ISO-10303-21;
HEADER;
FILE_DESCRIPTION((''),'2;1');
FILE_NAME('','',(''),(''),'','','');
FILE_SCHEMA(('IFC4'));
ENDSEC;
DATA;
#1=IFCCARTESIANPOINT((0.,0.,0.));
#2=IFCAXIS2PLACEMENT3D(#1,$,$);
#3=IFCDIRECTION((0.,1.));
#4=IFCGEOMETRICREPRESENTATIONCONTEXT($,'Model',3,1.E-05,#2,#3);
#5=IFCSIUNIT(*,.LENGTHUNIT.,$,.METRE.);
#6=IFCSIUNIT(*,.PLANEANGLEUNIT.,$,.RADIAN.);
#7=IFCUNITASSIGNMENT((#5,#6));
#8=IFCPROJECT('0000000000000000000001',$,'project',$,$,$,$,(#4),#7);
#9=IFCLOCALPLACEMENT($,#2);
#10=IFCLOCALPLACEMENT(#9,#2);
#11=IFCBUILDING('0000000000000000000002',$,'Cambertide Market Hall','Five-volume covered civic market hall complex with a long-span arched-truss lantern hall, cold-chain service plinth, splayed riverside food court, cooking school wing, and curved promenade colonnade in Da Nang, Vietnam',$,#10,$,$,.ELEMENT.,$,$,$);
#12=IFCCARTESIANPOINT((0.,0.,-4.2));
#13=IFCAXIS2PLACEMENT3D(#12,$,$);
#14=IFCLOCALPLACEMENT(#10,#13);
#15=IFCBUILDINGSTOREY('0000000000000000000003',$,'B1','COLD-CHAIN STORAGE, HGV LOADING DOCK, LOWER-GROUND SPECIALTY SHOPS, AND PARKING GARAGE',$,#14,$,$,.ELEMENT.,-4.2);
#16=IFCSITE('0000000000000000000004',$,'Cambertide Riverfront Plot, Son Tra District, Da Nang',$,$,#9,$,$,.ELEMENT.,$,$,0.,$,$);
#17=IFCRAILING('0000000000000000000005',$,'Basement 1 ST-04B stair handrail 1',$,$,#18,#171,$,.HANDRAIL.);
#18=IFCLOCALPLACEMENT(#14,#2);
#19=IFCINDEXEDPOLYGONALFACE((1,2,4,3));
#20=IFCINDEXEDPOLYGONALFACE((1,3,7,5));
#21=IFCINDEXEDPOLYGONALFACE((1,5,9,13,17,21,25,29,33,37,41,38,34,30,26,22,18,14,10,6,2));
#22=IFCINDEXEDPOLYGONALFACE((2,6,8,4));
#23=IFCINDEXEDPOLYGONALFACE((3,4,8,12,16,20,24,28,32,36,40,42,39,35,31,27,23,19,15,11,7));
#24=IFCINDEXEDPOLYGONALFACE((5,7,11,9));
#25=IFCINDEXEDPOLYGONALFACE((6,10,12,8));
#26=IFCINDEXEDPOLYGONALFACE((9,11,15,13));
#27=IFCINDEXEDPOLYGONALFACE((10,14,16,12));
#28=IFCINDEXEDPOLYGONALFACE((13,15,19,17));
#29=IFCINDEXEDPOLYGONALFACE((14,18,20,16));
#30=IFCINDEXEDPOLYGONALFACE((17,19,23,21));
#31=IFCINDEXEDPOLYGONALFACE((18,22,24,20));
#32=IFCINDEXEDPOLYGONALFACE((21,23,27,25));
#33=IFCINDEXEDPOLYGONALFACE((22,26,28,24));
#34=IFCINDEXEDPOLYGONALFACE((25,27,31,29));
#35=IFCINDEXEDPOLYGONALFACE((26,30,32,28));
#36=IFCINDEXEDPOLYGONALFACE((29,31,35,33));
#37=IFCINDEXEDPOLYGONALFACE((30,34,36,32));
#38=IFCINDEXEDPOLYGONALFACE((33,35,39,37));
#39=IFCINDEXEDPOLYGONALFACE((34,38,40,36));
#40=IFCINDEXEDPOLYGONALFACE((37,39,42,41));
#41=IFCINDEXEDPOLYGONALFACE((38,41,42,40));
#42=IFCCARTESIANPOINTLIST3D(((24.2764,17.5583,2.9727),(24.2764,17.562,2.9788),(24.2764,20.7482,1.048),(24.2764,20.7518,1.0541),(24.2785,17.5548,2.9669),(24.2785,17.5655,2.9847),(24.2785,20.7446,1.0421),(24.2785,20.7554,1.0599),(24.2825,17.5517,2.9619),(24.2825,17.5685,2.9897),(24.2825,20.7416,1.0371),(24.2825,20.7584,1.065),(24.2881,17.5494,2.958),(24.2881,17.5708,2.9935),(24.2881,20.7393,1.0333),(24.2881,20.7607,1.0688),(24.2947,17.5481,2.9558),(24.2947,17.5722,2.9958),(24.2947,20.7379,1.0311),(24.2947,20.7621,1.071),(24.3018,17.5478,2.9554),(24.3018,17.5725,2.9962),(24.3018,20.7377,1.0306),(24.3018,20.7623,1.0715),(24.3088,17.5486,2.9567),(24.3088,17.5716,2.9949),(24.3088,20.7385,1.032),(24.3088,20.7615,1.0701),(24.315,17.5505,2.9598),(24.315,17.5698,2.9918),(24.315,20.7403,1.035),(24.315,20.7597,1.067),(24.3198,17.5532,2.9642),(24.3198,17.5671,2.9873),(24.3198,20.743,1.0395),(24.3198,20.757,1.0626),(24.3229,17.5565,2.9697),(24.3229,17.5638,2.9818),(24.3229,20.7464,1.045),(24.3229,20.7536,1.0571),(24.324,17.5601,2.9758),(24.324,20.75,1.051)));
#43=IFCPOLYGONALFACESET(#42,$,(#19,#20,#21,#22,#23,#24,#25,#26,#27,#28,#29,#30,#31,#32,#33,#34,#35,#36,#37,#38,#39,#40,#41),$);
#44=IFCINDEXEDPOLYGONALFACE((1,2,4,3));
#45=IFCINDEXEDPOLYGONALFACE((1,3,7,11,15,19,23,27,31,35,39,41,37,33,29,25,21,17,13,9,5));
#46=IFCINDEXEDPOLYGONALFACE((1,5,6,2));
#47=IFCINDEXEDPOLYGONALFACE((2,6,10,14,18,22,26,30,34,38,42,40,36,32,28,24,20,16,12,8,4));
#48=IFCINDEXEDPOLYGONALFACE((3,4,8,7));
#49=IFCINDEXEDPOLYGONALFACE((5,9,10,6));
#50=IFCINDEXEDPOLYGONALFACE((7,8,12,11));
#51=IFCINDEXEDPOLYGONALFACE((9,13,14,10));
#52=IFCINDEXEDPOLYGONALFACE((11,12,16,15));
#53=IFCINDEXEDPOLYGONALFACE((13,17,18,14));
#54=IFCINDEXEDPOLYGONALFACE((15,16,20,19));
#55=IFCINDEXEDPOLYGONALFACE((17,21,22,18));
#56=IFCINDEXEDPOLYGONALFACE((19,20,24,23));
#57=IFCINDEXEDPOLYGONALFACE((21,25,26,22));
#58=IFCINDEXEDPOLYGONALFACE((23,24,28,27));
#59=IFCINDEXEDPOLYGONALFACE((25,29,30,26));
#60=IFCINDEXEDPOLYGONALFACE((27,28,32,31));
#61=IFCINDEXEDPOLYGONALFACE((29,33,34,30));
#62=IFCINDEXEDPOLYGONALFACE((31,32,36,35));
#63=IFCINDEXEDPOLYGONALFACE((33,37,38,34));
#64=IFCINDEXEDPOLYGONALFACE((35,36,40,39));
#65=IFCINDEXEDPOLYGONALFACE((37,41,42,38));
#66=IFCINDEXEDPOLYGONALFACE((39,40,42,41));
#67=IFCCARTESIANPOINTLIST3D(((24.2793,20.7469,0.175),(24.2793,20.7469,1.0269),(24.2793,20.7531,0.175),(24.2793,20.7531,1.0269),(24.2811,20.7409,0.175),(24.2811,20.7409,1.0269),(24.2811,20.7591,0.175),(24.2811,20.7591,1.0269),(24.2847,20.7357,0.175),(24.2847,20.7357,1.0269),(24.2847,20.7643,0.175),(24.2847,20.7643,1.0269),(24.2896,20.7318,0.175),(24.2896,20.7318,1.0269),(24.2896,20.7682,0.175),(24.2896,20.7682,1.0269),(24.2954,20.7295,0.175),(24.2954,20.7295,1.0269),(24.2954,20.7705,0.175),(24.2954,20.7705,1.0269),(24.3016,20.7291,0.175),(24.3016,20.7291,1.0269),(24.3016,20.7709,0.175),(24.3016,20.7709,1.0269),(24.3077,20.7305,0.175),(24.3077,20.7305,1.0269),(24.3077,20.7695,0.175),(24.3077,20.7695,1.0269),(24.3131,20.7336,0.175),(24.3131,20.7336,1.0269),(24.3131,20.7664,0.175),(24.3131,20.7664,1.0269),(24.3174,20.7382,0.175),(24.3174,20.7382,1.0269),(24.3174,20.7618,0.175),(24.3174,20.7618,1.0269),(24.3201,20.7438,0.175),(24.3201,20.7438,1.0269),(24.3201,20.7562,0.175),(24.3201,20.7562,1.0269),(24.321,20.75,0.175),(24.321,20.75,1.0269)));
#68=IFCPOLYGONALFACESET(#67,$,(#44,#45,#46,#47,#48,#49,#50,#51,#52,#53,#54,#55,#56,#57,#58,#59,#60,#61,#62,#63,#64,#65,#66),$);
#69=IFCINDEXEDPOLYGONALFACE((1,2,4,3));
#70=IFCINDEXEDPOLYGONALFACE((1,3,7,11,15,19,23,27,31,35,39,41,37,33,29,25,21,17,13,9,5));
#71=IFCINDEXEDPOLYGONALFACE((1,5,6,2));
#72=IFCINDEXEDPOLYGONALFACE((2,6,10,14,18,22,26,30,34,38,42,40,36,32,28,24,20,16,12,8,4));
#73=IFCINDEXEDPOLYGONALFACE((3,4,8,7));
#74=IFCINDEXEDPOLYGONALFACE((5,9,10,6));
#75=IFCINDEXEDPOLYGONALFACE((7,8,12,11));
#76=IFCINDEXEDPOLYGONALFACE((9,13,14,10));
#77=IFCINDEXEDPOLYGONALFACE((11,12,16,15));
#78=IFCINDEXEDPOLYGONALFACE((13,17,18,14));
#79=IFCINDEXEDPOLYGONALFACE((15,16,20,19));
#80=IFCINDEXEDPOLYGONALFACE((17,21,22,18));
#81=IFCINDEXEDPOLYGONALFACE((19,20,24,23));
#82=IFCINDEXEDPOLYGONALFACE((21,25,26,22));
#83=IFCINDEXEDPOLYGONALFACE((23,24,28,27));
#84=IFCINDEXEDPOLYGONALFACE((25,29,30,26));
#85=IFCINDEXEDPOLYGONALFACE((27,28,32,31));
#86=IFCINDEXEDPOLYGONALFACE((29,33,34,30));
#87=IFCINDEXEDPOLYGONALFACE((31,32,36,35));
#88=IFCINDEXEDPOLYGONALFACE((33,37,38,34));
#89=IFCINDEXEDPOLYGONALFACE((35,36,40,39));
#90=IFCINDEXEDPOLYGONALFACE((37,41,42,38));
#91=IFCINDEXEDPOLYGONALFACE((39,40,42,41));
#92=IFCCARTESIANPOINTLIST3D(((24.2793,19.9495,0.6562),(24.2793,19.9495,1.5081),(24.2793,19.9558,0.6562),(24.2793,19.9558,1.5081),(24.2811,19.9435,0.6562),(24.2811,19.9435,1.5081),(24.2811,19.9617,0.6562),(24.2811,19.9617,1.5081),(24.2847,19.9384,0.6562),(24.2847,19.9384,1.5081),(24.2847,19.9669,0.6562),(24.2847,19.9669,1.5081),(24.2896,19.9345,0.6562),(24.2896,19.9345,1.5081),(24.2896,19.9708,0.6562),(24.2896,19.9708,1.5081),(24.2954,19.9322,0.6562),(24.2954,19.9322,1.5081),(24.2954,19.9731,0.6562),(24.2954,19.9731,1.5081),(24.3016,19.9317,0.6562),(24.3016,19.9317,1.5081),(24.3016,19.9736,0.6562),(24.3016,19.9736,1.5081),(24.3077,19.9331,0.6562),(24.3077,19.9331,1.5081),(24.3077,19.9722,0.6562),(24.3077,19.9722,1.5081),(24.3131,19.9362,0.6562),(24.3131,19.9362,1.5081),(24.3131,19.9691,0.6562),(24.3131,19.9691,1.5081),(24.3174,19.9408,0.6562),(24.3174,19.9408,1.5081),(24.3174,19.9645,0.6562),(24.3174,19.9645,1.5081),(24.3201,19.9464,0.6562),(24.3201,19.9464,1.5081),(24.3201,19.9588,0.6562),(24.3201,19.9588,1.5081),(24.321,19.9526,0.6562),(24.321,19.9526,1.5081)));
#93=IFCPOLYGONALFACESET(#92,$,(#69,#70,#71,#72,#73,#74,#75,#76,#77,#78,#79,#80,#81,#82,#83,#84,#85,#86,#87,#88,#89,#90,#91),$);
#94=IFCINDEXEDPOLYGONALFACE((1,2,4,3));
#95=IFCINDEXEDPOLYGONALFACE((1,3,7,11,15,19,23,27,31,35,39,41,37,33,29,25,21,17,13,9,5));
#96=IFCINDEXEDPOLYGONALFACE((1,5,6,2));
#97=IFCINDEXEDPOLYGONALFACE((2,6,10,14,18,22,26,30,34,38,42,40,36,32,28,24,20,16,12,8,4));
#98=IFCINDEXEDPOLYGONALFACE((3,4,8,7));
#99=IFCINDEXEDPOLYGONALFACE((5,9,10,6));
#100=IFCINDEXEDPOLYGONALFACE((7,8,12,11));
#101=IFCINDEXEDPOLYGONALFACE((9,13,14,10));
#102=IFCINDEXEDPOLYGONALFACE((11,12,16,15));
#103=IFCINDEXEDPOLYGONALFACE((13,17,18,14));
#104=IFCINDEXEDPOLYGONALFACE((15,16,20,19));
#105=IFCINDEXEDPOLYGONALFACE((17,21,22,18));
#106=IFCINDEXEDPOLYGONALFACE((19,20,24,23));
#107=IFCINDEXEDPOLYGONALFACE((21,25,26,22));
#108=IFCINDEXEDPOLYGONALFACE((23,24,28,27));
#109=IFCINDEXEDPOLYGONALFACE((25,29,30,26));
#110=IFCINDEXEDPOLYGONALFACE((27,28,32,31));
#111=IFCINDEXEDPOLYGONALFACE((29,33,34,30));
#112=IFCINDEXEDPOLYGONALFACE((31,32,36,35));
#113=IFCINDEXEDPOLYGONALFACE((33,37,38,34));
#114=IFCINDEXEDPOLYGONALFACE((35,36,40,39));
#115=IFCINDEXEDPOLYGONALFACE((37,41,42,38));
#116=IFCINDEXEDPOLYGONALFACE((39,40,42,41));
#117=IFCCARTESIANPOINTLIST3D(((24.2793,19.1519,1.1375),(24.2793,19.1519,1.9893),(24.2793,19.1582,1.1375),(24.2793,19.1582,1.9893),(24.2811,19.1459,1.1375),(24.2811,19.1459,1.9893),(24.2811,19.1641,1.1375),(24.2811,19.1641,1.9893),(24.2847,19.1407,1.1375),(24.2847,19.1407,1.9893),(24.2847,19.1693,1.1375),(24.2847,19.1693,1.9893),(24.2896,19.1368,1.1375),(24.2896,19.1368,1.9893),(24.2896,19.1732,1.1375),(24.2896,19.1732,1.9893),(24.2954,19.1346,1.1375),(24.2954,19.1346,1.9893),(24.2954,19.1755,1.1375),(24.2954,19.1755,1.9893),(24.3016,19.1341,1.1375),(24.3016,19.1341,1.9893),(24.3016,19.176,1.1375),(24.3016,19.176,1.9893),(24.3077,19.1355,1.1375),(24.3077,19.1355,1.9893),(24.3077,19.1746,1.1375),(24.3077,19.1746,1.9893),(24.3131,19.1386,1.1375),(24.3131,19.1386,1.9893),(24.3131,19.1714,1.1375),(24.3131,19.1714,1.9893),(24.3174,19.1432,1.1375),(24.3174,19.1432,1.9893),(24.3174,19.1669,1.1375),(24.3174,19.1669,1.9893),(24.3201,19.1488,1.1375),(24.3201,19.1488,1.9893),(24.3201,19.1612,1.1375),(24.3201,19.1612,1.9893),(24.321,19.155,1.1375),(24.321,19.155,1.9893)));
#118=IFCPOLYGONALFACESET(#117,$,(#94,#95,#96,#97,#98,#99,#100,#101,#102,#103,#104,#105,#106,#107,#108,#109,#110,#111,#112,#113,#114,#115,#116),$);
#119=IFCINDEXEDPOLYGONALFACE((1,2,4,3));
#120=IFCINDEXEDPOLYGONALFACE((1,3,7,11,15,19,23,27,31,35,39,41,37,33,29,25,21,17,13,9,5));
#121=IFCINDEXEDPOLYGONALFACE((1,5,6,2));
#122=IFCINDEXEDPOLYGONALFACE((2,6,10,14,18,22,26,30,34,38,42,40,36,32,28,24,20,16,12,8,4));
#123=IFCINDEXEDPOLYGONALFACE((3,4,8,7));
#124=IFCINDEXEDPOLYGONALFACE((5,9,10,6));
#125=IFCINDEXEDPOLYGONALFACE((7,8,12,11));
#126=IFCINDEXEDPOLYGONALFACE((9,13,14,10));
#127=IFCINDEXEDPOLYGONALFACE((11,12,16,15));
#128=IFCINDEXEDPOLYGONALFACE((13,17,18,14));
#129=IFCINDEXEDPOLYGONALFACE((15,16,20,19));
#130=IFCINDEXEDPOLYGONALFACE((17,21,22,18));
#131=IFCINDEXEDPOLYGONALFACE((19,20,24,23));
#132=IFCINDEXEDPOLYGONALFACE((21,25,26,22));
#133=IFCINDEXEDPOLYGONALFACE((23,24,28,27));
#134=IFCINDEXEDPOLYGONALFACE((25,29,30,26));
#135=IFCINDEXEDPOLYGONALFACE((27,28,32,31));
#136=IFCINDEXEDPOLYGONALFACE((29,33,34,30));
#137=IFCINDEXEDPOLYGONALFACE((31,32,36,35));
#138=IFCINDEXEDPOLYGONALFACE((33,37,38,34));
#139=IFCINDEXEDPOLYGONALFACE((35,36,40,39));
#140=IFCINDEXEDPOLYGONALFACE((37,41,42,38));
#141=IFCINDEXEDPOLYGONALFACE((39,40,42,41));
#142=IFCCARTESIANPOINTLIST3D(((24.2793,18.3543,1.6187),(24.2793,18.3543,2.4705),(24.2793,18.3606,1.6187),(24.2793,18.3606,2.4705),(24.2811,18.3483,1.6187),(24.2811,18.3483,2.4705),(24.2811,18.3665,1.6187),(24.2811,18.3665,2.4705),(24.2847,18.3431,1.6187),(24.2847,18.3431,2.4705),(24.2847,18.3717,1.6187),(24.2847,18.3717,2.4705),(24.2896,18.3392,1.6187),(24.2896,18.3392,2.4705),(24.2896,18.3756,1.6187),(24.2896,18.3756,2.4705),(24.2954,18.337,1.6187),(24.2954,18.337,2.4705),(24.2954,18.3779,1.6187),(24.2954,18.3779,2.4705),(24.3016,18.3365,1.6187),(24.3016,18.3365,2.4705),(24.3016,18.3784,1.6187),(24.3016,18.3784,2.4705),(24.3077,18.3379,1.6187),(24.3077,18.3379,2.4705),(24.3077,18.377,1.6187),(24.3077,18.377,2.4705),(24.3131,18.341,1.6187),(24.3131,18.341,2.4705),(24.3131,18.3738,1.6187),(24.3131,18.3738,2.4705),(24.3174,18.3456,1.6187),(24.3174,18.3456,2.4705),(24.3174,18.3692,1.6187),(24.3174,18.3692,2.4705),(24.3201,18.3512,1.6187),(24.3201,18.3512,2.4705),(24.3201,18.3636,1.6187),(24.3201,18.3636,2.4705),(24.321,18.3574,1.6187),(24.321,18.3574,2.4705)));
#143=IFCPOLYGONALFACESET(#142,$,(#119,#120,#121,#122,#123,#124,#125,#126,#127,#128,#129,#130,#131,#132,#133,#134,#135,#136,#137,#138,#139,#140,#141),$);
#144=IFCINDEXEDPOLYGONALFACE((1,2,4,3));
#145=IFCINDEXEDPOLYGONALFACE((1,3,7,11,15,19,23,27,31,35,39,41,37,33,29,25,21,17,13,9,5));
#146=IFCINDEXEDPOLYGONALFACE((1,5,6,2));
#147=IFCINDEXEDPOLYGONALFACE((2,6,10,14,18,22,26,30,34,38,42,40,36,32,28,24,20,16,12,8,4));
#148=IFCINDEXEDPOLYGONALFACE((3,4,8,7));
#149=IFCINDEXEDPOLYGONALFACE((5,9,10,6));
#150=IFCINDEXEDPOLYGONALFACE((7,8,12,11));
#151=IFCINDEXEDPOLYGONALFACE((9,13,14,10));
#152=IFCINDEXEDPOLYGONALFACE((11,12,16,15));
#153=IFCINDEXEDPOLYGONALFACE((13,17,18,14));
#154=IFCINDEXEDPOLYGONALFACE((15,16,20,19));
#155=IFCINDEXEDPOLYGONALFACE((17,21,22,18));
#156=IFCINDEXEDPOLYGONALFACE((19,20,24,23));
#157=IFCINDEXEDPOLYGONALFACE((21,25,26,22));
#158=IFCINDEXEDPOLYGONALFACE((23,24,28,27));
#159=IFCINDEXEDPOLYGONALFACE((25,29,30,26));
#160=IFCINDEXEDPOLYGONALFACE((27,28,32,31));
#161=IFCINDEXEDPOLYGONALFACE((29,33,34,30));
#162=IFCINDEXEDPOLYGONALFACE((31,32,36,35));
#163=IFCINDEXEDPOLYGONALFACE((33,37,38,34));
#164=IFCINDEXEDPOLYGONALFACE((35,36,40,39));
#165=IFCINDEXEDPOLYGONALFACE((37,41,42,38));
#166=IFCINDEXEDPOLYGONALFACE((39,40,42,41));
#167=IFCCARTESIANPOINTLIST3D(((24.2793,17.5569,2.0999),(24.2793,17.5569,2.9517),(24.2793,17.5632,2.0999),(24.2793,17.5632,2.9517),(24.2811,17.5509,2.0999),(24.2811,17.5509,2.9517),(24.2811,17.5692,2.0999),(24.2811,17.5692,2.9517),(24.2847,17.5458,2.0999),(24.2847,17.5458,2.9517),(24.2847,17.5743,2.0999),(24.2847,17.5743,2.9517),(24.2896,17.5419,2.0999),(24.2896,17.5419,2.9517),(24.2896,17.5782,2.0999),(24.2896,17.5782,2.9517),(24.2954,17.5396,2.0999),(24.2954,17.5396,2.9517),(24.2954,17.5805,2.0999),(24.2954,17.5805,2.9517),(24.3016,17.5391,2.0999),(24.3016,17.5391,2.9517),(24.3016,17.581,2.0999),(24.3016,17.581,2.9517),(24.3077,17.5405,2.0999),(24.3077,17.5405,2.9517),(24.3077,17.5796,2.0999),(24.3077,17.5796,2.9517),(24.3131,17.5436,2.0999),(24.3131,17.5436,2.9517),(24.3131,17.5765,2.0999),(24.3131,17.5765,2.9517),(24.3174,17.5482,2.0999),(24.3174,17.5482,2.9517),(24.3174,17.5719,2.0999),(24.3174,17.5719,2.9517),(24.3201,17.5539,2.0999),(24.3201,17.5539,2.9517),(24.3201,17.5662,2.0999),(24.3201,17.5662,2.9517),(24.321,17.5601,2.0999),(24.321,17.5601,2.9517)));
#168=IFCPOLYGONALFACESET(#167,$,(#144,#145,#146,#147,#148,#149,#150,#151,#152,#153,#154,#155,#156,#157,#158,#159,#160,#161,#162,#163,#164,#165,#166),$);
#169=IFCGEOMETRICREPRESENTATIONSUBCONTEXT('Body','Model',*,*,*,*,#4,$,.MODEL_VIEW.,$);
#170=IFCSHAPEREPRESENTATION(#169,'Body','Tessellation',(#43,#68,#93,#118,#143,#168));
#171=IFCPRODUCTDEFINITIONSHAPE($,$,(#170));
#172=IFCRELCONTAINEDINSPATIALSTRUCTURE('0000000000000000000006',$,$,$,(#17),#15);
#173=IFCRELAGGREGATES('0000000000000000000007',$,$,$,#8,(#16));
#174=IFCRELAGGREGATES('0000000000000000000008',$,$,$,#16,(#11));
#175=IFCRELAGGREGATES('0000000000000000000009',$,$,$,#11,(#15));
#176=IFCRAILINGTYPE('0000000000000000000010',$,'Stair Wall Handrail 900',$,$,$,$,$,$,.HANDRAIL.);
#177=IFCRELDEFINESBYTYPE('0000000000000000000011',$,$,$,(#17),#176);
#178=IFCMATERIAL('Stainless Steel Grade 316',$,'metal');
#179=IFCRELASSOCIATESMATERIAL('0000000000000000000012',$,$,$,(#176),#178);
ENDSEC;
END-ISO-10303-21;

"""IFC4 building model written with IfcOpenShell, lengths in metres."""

from ifc_helpers import new_model, si_unit, direction, frame, origin, origin_2d, place, context, subcontext, project, spatial, circle, extrude, material, type_object, element, save


model = new_model("IFC4")

# Units and contexts
model_context = context("Model", 3, precision=1e-05, world=origin(), true_north=direction((0.0, 1.0)))
body_context = subcontext(model_context, "Body", "Model", "MODEL_VIEW")
ifc_project = project(units=[si_unit("LENGTHUNIT", "METRE"), si_unit("PLANEANGLEUNIT", "RADIAN")], contexts=[model_context])

# Site, building, storey
site_placement = place(None, origin())
site = spatial("IfcSite", under=ifc_project, at=site_placement, Name="Cambertide Riverfront Plot, Son Tra District, Da Nang", CompositionType="ELEMENT", RefElevation=0.0)
building_placement = place(site_placement, origin())
building = spatial("IfcBuilding", under=site, at=building_placement, Name="Cambertide Market Hall", Description="Five-volume covered civic market hall complex with a long-span arched-truss lantern hall, cold-chain service plinth, splayed riverside food court, cooking school wing, and curved promenade colonnade in Da Nang, Vietnam", CompositionType="ELEMENT")
storey_placement = place(building_placement, frame((0.0, 0.0, -4.2)))
storey = spatial("IfcBuildingStorey", under=building, at=storey_placement, Name="B1", Description="COLD-CHAIN STORAGE, HGV LOADING DOCK, LOWER-GROUND SPECIALTY SHOPS, AND PARKING GARAGE", CompositionType="ELEMENT", Elevation=-4.2)

# Railing
ifc_material_1 = material(Name="Stainless Steel Grade 316", Category="metal")
railing_type_1 = type_object("IfcRailingType", Name="Stair Wall Handrail 900", PredefinedType="HANDRAIL", material=ifc_material_1)
railing_1_placement = place(storey_placement, frame((24.3, 20.75, 0.175)))
element("IfcRailing", 1, at=railing_1_placement, inside=storey, type_object=railing_type_1, Name="Basement 1 ST-04B stair handrail 1", PredefinedType="HANDRAIL", context=body_context, shape_type="SweptSolid", body=[
    extrude(circle(Radius=0.0239, at=origin_2d()), frame((0.0, 0.0, 0.876), z_axis=(0.0, -0.856207, 0.516633), x_axis=(1.0, 0.0, 0.0)), (0.0, 0.0, 1.0), 3.7256),
    extrude(circle(Radius=0.021, at=origin_2d()), origin(), (0.0, 0.0, 1.0), 0.8518),
    extrude(circle(Radius=0.021, at=origin_2d()), frame((0.0, -0.7974, 0.4812)), (0.0, 0.0, 1.0), 0.8518),
    extrude(circle(Radius=0.021, at=origin_2d()), frame((0.0, -1.595, 0.9624)), (0.0, 0.0, 1.0), 0.8518),
    extrude(circle(Radius=0.021, at=origin_2d()), frame((0.0, -2.3926, 1.4436)), (0.0, 0.0, 1.0), 0.8518),
    extrude(circle(Radius=0.021, at=origin_2d()), frame((0.0, -3.1899, 1.9248)), (0.0, 0.0, 1.0), 0.8518),
])

save(model, "model.ifc")
